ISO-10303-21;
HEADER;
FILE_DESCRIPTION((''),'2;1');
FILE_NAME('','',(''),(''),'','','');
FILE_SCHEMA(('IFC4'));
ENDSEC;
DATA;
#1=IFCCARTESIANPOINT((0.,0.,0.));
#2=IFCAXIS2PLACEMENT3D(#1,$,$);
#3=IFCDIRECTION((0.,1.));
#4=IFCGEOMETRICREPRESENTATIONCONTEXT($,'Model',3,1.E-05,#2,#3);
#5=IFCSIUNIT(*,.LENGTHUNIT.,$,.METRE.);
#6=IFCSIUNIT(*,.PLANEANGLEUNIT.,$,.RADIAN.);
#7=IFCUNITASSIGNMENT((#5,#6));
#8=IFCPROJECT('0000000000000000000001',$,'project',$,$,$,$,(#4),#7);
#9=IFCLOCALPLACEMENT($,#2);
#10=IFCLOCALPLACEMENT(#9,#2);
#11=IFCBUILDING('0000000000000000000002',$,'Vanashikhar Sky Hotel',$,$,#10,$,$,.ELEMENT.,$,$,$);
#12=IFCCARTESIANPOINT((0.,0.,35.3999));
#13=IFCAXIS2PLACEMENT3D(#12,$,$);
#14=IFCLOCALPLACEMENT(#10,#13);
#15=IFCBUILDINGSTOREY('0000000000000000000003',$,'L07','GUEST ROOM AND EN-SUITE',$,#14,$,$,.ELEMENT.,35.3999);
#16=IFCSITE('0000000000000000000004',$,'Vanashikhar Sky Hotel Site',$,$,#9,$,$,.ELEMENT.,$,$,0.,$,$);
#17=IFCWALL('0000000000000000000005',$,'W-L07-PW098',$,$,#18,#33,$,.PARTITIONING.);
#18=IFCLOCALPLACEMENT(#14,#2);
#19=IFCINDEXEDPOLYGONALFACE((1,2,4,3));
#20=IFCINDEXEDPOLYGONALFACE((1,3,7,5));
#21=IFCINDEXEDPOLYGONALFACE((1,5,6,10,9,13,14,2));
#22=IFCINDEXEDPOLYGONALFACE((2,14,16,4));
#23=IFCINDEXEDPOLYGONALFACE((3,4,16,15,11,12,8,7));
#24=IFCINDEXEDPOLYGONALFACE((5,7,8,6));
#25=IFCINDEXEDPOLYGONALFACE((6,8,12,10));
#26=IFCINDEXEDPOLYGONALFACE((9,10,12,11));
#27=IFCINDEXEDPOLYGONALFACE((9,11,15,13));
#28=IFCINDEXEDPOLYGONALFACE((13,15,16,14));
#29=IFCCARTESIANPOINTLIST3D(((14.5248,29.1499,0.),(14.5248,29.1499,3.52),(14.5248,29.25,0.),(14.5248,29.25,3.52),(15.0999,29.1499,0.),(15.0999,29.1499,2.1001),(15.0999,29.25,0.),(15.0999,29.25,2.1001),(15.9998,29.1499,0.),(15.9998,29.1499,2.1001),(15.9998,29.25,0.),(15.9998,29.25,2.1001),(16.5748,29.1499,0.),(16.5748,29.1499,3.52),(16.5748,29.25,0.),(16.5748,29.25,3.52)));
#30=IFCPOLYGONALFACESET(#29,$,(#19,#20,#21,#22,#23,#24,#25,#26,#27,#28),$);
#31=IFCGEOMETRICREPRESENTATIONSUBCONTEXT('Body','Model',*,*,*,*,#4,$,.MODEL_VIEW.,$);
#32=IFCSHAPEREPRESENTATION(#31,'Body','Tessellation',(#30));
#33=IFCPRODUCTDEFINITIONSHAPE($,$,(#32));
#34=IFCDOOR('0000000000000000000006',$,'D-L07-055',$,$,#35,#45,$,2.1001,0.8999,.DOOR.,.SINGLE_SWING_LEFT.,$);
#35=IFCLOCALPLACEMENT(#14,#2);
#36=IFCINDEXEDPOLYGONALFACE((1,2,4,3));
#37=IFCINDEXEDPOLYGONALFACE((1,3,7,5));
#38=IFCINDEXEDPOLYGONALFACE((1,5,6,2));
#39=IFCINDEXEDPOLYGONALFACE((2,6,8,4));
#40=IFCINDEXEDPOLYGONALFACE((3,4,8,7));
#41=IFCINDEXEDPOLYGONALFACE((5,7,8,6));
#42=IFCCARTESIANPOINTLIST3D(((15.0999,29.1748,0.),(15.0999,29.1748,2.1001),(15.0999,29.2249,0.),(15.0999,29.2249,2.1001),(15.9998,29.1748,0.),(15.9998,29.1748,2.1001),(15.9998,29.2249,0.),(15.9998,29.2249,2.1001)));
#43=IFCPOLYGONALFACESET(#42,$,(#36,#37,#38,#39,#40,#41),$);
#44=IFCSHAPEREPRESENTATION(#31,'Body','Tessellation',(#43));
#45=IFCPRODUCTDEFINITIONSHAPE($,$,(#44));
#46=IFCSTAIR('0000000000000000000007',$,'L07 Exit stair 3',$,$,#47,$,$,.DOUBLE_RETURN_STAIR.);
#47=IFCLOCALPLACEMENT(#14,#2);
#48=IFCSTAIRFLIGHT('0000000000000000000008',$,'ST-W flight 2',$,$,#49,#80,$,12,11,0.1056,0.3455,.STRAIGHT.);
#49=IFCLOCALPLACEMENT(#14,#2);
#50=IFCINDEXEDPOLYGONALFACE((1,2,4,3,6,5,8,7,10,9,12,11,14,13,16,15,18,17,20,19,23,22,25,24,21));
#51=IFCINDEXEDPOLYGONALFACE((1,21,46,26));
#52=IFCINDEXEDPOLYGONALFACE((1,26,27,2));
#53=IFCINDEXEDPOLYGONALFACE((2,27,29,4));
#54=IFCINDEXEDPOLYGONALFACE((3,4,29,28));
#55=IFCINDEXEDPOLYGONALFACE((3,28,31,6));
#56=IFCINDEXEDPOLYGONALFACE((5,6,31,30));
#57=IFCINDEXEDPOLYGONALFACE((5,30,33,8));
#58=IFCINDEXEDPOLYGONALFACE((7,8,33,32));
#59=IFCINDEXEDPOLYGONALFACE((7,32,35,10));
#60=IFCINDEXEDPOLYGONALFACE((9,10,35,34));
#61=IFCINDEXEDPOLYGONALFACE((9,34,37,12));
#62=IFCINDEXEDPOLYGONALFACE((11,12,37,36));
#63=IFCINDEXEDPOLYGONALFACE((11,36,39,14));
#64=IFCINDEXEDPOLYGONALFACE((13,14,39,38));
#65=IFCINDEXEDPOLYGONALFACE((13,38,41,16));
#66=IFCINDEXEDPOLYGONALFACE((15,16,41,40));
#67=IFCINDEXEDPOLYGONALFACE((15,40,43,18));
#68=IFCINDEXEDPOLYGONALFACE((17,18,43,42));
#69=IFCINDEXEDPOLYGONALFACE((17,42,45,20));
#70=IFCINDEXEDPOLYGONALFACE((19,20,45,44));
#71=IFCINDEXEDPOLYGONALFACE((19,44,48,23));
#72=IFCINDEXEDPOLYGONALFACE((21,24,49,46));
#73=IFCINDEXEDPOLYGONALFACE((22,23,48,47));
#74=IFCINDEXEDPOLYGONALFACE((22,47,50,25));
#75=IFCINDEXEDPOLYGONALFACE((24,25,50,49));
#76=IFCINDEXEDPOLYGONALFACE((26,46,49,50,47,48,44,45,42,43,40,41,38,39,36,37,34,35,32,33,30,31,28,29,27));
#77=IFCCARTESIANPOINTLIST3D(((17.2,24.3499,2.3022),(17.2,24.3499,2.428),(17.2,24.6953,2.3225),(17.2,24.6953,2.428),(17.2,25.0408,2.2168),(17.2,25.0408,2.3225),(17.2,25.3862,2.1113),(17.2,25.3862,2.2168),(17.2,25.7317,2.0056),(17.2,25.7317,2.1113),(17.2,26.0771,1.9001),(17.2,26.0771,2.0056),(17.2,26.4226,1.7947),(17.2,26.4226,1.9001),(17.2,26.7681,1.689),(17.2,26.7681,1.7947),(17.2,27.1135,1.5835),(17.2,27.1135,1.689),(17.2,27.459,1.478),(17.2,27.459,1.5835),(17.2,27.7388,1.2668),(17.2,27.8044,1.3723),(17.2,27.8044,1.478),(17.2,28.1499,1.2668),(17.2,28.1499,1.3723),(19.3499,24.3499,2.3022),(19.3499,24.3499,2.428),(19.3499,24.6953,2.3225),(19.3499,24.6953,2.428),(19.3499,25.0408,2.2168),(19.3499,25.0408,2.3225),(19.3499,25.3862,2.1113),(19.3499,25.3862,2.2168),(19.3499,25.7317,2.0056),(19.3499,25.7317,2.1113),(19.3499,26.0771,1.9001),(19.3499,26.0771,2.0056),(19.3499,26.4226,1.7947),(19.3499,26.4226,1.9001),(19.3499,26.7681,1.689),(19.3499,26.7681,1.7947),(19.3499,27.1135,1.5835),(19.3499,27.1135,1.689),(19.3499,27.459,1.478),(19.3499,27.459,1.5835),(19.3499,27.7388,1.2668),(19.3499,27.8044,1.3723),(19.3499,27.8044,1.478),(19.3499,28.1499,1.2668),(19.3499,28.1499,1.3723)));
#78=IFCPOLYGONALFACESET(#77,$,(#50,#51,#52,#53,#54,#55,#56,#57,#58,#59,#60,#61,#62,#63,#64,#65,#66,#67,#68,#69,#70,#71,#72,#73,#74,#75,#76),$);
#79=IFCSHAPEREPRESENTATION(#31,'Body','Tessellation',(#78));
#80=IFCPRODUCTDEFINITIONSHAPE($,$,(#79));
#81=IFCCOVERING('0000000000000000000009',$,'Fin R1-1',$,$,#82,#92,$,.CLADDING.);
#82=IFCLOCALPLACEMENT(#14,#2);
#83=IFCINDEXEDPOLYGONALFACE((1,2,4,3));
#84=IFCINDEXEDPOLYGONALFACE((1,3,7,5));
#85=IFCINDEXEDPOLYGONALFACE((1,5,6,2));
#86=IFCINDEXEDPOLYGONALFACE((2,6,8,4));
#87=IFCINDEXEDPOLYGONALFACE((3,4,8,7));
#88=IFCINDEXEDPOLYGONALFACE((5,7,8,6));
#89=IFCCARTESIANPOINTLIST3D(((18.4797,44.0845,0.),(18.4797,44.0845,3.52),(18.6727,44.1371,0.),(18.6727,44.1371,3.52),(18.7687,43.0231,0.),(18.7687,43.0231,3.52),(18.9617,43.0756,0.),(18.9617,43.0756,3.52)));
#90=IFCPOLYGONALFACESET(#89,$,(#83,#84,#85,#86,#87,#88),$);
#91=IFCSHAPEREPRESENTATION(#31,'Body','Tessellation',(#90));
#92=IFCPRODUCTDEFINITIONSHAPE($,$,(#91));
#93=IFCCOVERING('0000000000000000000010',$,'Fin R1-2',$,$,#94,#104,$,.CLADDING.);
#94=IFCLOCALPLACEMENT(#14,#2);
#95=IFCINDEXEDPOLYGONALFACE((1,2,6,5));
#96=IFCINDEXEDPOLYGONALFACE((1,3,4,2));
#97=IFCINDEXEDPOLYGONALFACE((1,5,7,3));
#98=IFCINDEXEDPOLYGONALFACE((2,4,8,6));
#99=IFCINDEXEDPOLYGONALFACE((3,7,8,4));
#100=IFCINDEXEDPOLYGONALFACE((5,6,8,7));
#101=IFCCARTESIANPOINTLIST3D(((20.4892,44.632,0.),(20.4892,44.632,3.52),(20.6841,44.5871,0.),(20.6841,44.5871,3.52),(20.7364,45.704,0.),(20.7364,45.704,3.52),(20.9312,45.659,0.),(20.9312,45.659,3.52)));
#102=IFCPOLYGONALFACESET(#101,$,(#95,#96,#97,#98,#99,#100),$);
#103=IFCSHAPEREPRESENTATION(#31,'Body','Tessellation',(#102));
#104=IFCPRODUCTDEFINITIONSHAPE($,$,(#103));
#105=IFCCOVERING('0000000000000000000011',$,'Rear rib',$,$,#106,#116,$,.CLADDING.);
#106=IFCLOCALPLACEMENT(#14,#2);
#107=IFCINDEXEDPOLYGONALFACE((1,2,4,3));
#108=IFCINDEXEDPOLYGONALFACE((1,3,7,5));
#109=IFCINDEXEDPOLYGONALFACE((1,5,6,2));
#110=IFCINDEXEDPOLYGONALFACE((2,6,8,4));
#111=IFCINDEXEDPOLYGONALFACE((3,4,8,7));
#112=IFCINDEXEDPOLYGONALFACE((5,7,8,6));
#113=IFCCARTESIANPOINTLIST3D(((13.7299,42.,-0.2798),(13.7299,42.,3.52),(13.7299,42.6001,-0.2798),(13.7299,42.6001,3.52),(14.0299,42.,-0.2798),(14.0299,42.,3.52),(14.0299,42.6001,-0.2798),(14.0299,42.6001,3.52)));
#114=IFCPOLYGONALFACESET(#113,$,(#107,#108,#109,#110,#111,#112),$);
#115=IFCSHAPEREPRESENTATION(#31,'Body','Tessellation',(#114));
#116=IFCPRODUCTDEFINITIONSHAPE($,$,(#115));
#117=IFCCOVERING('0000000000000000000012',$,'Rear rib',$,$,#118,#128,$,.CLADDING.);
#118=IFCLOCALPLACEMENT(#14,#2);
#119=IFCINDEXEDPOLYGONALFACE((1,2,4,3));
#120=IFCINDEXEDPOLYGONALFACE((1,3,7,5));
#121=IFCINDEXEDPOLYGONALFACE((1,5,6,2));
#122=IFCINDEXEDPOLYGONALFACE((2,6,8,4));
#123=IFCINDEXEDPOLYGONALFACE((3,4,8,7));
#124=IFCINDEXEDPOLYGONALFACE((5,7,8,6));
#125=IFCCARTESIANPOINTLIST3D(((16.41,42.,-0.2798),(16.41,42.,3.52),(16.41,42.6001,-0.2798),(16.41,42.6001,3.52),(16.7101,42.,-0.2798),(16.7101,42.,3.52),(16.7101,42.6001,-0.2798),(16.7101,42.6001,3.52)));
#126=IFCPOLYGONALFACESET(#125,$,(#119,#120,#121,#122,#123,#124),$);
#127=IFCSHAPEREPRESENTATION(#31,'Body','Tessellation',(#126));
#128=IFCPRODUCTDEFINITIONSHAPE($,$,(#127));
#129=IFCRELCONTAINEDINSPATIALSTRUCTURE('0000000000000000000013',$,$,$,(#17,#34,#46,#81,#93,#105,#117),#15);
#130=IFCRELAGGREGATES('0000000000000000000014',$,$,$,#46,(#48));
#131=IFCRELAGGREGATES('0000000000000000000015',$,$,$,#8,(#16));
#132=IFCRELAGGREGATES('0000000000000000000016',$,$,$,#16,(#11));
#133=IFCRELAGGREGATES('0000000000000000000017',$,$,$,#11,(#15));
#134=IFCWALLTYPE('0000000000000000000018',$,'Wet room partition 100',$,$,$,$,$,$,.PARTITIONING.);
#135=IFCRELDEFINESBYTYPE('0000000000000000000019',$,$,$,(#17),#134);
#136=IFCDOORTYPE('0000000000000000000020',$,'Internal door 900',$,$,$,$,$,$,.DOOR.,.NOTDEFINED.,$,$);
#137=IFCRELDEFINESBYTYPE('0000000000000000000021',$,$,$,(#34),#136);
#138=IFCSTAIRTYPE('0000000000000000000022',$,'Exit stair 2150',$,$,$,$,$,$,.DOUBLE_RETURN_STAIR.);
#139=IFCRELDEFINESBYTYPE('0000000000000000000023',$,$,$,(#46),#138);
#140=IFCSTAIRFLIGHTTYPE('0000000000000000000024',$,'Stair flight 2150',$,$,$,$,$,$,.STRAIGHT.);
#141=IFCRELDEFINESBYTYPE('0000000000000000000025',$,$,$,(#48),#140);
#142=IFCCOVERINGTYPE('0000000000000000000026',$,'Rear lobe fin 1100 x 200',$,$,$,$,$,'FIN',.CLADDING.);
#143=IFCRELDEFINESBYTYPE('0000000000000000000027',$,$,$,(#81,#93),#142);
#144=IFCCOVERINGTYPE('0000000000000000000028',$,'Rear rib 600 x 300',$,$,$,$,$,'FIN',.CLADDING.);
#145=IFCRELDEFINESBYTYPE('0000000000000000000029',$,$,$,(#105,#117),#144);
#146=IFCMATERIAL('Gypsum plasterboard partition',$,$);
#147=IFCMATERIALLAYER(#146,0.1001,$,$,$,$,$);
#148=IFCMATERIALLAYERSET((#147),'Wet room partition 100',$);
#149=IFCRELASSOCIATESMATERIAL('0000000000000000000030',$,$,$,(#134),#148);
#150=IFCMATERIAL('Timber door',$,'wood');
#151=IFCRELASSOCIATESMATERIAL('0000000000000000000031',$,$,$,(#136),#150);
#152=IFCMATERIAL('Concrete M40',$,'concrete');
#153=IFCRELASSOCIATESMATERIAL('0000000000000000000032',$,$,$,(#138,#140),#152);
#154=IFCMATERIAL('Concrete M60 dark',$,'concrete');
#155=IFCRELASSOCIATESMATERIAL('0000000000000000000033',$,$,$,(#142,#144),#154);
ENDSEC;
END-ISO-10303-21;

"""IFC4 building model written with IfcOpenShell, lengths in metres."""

from ifc_helpers import new_model, si_unit, direction, frame, frame_2d, origin, origin_2d, place, context, subcontext, project, spatial, polyline, rectangle, outline, extrude, source, transform, mapped, material, layer, layer_set, material_profile, profile_set, type_object, element, fill, aggregate, save


model = new_model("IFC4")

# Units and contexts
model_context = context("Model", 3, precision=1e-05, world=origin(), true_north=direction((0.0, 1.0)))
body_context = subcontext(model_context, "Body", "Model", "MODEL_VIEW")
ifc_project = project(units=[si_unit("LENGTHUNIT", "METRE"), si_unit("PLANEANGLEUNIT", "RADIAN")], contexts=[model_context])

# Site, building, storey
site_placement = place(None, origin())
site = spatial("IfcSite", under=ifc_project, at=site_placement, Name="Vanashikhar Sky Hotel Site", CompositionType="ELEMENT", RefElevation=0.0)
building_placement = place(site_placement, origin())
building = spatial("IfcBuilding", under=site, at=building_placement, Name="Vanashikhar Sky Hotel", CompositionType="ELEMENT")
storey_placement = place(building_placement, frame((0.0, 0.0, 35.3999)))
storey = spatial("IfcBuildingStorey", under=building, at=storey_placement, Name="L07", Description="GUEST ROOM AND EN-SUITE", CompositionType="ELEMENT", Elevation=35.3999)

# Wall, opening, door
ifc_material_1 = material(Name="Gypsum plasterboard partition")
ifc_layer_1 = layer(ifc_material_1, 0.1001)
ifc_layer_set_1 = layer_set([ifc_layer_1], Name="Wet room partition 100")
wall_type_1 = type_object("IfcWallType", Name="Wet room partition 100", PredefinedType="PARTITIONING", material=ifc_layer_set_1)
shared_shape_1 = source(origin(), body_context, "Body", "SweptSolid", [
    extrude(rectangle(XDim=2.05, YDim=0.1001, at=frame_2d((1.0249, 0.0))), origin(), (0.0, 0.0, 1.0), 3.52),
])
wall_1_placement = place(storey_placement, frame((14.5249, 29.2, 0.0), z_axis=(0.0, 0.0, 1.0), x_axis=(1.0, 0.0, 0.0)))
wall_1 = element("IfcWall", 1, at=wall_1_placement, inside=storey, type_object=wall_type_1, Name="W-L07-PW098", PredefinedType="PARTITIONING", context=body_context, shape_type="MappedRepresentation", body=[
    mapped(shared_shape_1, transform((0.0, 0.0, 0.0), scale=1.0)),
])
shared_shape_2 = source(origin(), body_context, "Body", "SweptSolid", [
    extrude(rectangle(XDim=0.8999, YDim=2.1001, at=frame_2d((0.45, 1.05))), frame((0.0, 0.0601, 0.0), z_axis=(0.0, -1.0, 0.0), x_axis=(1.0, 0.0, 0.0)), (0.0, 0.0, 1.0), 0.1201),
])
opening_1_placement = place(wall_1_placement, frame((0.575, 0.0, 0.0)))
opening_1 = element("IfcOpeningElement", 2, at=opening_1_placement, cuts=wall_1, PredefinedType="OPENING", context=body_context, shape_type="MappedRepresentation", body=[
    mapped(shared_shape_2, transform((0.0, 0.0, 0.0), scale=1.0)),
])
ifc_material_2 = material(Name="Timber door", Category="wood")
door_type_1 = type_object("IfcDoorType", Name="Internal door 900", OperationType="NOTDEFINED", PredefinedType="DOOR", material=ifc_material_2)
shared_shape_3 = source(origin(), body_context, "Body", "SweptSolid", [
    extrude(rectangle(XDim=0.8999, YDim=2.1001, at=frame_2d((0.45, 1.05))), frame((0.0, 0.0249, 0.0), z_axis=(0.0, -1.0, 0.0), x_axis=(1.0, 0.0, 0.0)), (0.0, 0.0, 1.0), 0.05),
])
door_1_placement = place(opening_1_placement, origin())
door_1 = element("IfcDoor", 3, at=door_1_placement, inside=storey, type_object=door_type_1, Name="D-L07-055", OperationType="SINGLE_SWING_LEFT", OverallHeight=2.1001, OverallWidth=0.8999, PredefinedType="DOOR", context=body_context, shape_type="MappedRepresentation", body=[
    mapped(shared_shape_3, transform((0.0, 0.0, 0.0), scale=1.0)),
])
fill(opening_1, door_1)

# Stair, stair flight
ifc_material_3 = material(Name="Concrete M40", Category="concrete")
stair_type = type_object("IfcStairType", Name="Exit stair 2150", PredefinedType="DOUBLE_RETURN_STAIR", material=ifc_material_3)
stair_placement = place(storey_placement, origin())
stair = element("IfcStair", 4, at=stair_placement, inside=storey, type_object=stair_type, Name="L07 Exit stair 3", PredefinedType="DOUBLE_RETURN_STAIR")
stair_flight_type = type_object("IfcStairFlightType", Name="Stair flight 2150", PredefinedType="STRAIGHT", material=ifc_material_3)
shared_shape_4 = source(origin(), body_context, "Body", "SweptSolid", [
    extrude(outline(polyline([(0.0, 0.0), (0.0, 0.1055), (0.3455, 0.1055), (0.3455, 0.2112), (0.6909, 0.2112), (0.6909, 0.3167), (1.0364, 0.3167), (1.0364, 0.4221), (1.3818, 0.4221), (1.3818, 0.5278), (1.7273, 0.5278), (1.7273, 0.6333), (2.0728, 0.6333), (2.0728, 0.7388), (2.4182, 0.7388), (2.4182, 0.8445), (2.7637, 0.8445), (2.7637, 0.95), (3.1091, 0.95), (3.1091, 1.0557), (3.4546, 1.0557), (3.4546, 1.1611), (3.8, 1.1611), (3.8, 1.2666), (3.8, 1.0354), (0.4111, 0.0), (0.0, 0.0)])), frame((0.0, 1.075, 0.0), z_axis=(0.0, -1.0, 0.0), x_axis=(1.0, 0.0, 0.0)), (0.0, 0.0, 1.0), 2.1499),
])
stair_flight_placement = place(storey_placement, frame((18.2749, 28.1499, 1.2668), z_axis=(0.0, 0.0, 1.0), x_axis=(0.0, -1.0, 0.0)))
stair_flight = element("IfcStairFlight", 5, at=stair_flight_placement, type_object=stair_flight_type, Name="ST-W flight 2", NumberOfRisers=12, NumberOfTreads=11, PredefinedType="STRAIGHT", RiserHeight=0.1056, TreadLength=0.3455, context=body_context, shape_type="MappedRepresentation", body=[
    mapped(shared_shape_4, transform((0.0, 0.0, 0.0), scale=1.0)),
])
aggregate(stair, [stair_flight])

# Coverings
ifc_material_4 = material(Name="Concrete M60 dark", Category="concrete")
ifc_material_profile_1 = material_profile(ifc_material_4, rectangle(XDim=1.1001, YDim=0.2, at=origin_2d()))
ifc_profile_set_1 = profile_set([ifc_material_profile_1], Name="Rear lobe fin 1100 x 200")
covering_type_1 = type_object("IfcCoveringType", Name="Rear lobe fin 1100 x 200", ElementType="FIN", PredefinedType="CLADDING", material=ifc_profile_set_1)
shared_shape_5 = source(origin(), body_context, "Body", "SweptSolid", [
    extrude(rectangle(XDim=1.1001, YDim=0.2, at=origin_2d()), origin(), (0.0, 0.0, 1.0), 3.52),
])
for number, where, z_axis, x_axis, name in (
    (6, (18.7207, 43.5801, 0.0), (0.0, 0.0, 1.0), (-0.262711, 0.964874, 0.0), "Fin R1-1"),
    (7, (20.7102, 45.1455, 0.0), (0.0, 0.0, 1.0), (0.224645, 0.974441, 0.0), "Fin R1-2"),
):
    element("IfcCovering", number, at=place(storey_placement, frame(where, z_axis=z_axis, x_axis=x_axis)), inside=storey, type_object=covering_type_1, Name=name, PredefinedType="CLADDING", context=body_context, shape_type="MappedRepresentation", body=[
        mapped(shared_shape_5, transform((0.0, 0.0, 0.0), scale=1.0)),
    ])
ifc_material_profile_2 = material_profile(ifc_material_4, rectangle(XDim=0.6001, YDim=0.3, at=origin_2d()))
ifc_profile_set_2 = profile_set([ifc_material_profile_2], Name="Rear rib 600 x 300")
covering_type_2 = type_object("IfcCoveringType", Name="Rear rib 600 x 300", ElementType="FIN", PredefinedType="CLADDING", material=ifc_profile_set_2)
shared_shape_6 = source(origin(), body_context, "Body", "SweptSolid", [
    extrude(rectangle(XDim=0.6001, YDim=0.3, at=origin_2d()), origin(), (0.0, 0.0, 1.0), 3.7998),
])
for number, where, z_axis, x_axis, name in (
    (8, (13.8799, 42.3, -0.2798), (0.0, 0.0, 1.0), (0.0, 1.0, 0.0), "Rear rib"),
    (9, (16.5601, 42.3, -0.2798), (0.0, 0.0, 1.0), (0.0, 1.0, 0.0), "Rear rib"),
):
    element("IfcCovering", number, at=place(storey_placement, frame(where, z_axis=z_axis, x_axis=x_axis)), inside=storey, type_object=covering_type_2, Name=name, PredefinedType="CLADDING", context=body_context, shape_type="MappedRepresentation", body=[
        mapped(shared_shape_6, transform((0.0, 0.0, 0.0), scale=1.0)),
    ])

save(model, "model.ifc")
